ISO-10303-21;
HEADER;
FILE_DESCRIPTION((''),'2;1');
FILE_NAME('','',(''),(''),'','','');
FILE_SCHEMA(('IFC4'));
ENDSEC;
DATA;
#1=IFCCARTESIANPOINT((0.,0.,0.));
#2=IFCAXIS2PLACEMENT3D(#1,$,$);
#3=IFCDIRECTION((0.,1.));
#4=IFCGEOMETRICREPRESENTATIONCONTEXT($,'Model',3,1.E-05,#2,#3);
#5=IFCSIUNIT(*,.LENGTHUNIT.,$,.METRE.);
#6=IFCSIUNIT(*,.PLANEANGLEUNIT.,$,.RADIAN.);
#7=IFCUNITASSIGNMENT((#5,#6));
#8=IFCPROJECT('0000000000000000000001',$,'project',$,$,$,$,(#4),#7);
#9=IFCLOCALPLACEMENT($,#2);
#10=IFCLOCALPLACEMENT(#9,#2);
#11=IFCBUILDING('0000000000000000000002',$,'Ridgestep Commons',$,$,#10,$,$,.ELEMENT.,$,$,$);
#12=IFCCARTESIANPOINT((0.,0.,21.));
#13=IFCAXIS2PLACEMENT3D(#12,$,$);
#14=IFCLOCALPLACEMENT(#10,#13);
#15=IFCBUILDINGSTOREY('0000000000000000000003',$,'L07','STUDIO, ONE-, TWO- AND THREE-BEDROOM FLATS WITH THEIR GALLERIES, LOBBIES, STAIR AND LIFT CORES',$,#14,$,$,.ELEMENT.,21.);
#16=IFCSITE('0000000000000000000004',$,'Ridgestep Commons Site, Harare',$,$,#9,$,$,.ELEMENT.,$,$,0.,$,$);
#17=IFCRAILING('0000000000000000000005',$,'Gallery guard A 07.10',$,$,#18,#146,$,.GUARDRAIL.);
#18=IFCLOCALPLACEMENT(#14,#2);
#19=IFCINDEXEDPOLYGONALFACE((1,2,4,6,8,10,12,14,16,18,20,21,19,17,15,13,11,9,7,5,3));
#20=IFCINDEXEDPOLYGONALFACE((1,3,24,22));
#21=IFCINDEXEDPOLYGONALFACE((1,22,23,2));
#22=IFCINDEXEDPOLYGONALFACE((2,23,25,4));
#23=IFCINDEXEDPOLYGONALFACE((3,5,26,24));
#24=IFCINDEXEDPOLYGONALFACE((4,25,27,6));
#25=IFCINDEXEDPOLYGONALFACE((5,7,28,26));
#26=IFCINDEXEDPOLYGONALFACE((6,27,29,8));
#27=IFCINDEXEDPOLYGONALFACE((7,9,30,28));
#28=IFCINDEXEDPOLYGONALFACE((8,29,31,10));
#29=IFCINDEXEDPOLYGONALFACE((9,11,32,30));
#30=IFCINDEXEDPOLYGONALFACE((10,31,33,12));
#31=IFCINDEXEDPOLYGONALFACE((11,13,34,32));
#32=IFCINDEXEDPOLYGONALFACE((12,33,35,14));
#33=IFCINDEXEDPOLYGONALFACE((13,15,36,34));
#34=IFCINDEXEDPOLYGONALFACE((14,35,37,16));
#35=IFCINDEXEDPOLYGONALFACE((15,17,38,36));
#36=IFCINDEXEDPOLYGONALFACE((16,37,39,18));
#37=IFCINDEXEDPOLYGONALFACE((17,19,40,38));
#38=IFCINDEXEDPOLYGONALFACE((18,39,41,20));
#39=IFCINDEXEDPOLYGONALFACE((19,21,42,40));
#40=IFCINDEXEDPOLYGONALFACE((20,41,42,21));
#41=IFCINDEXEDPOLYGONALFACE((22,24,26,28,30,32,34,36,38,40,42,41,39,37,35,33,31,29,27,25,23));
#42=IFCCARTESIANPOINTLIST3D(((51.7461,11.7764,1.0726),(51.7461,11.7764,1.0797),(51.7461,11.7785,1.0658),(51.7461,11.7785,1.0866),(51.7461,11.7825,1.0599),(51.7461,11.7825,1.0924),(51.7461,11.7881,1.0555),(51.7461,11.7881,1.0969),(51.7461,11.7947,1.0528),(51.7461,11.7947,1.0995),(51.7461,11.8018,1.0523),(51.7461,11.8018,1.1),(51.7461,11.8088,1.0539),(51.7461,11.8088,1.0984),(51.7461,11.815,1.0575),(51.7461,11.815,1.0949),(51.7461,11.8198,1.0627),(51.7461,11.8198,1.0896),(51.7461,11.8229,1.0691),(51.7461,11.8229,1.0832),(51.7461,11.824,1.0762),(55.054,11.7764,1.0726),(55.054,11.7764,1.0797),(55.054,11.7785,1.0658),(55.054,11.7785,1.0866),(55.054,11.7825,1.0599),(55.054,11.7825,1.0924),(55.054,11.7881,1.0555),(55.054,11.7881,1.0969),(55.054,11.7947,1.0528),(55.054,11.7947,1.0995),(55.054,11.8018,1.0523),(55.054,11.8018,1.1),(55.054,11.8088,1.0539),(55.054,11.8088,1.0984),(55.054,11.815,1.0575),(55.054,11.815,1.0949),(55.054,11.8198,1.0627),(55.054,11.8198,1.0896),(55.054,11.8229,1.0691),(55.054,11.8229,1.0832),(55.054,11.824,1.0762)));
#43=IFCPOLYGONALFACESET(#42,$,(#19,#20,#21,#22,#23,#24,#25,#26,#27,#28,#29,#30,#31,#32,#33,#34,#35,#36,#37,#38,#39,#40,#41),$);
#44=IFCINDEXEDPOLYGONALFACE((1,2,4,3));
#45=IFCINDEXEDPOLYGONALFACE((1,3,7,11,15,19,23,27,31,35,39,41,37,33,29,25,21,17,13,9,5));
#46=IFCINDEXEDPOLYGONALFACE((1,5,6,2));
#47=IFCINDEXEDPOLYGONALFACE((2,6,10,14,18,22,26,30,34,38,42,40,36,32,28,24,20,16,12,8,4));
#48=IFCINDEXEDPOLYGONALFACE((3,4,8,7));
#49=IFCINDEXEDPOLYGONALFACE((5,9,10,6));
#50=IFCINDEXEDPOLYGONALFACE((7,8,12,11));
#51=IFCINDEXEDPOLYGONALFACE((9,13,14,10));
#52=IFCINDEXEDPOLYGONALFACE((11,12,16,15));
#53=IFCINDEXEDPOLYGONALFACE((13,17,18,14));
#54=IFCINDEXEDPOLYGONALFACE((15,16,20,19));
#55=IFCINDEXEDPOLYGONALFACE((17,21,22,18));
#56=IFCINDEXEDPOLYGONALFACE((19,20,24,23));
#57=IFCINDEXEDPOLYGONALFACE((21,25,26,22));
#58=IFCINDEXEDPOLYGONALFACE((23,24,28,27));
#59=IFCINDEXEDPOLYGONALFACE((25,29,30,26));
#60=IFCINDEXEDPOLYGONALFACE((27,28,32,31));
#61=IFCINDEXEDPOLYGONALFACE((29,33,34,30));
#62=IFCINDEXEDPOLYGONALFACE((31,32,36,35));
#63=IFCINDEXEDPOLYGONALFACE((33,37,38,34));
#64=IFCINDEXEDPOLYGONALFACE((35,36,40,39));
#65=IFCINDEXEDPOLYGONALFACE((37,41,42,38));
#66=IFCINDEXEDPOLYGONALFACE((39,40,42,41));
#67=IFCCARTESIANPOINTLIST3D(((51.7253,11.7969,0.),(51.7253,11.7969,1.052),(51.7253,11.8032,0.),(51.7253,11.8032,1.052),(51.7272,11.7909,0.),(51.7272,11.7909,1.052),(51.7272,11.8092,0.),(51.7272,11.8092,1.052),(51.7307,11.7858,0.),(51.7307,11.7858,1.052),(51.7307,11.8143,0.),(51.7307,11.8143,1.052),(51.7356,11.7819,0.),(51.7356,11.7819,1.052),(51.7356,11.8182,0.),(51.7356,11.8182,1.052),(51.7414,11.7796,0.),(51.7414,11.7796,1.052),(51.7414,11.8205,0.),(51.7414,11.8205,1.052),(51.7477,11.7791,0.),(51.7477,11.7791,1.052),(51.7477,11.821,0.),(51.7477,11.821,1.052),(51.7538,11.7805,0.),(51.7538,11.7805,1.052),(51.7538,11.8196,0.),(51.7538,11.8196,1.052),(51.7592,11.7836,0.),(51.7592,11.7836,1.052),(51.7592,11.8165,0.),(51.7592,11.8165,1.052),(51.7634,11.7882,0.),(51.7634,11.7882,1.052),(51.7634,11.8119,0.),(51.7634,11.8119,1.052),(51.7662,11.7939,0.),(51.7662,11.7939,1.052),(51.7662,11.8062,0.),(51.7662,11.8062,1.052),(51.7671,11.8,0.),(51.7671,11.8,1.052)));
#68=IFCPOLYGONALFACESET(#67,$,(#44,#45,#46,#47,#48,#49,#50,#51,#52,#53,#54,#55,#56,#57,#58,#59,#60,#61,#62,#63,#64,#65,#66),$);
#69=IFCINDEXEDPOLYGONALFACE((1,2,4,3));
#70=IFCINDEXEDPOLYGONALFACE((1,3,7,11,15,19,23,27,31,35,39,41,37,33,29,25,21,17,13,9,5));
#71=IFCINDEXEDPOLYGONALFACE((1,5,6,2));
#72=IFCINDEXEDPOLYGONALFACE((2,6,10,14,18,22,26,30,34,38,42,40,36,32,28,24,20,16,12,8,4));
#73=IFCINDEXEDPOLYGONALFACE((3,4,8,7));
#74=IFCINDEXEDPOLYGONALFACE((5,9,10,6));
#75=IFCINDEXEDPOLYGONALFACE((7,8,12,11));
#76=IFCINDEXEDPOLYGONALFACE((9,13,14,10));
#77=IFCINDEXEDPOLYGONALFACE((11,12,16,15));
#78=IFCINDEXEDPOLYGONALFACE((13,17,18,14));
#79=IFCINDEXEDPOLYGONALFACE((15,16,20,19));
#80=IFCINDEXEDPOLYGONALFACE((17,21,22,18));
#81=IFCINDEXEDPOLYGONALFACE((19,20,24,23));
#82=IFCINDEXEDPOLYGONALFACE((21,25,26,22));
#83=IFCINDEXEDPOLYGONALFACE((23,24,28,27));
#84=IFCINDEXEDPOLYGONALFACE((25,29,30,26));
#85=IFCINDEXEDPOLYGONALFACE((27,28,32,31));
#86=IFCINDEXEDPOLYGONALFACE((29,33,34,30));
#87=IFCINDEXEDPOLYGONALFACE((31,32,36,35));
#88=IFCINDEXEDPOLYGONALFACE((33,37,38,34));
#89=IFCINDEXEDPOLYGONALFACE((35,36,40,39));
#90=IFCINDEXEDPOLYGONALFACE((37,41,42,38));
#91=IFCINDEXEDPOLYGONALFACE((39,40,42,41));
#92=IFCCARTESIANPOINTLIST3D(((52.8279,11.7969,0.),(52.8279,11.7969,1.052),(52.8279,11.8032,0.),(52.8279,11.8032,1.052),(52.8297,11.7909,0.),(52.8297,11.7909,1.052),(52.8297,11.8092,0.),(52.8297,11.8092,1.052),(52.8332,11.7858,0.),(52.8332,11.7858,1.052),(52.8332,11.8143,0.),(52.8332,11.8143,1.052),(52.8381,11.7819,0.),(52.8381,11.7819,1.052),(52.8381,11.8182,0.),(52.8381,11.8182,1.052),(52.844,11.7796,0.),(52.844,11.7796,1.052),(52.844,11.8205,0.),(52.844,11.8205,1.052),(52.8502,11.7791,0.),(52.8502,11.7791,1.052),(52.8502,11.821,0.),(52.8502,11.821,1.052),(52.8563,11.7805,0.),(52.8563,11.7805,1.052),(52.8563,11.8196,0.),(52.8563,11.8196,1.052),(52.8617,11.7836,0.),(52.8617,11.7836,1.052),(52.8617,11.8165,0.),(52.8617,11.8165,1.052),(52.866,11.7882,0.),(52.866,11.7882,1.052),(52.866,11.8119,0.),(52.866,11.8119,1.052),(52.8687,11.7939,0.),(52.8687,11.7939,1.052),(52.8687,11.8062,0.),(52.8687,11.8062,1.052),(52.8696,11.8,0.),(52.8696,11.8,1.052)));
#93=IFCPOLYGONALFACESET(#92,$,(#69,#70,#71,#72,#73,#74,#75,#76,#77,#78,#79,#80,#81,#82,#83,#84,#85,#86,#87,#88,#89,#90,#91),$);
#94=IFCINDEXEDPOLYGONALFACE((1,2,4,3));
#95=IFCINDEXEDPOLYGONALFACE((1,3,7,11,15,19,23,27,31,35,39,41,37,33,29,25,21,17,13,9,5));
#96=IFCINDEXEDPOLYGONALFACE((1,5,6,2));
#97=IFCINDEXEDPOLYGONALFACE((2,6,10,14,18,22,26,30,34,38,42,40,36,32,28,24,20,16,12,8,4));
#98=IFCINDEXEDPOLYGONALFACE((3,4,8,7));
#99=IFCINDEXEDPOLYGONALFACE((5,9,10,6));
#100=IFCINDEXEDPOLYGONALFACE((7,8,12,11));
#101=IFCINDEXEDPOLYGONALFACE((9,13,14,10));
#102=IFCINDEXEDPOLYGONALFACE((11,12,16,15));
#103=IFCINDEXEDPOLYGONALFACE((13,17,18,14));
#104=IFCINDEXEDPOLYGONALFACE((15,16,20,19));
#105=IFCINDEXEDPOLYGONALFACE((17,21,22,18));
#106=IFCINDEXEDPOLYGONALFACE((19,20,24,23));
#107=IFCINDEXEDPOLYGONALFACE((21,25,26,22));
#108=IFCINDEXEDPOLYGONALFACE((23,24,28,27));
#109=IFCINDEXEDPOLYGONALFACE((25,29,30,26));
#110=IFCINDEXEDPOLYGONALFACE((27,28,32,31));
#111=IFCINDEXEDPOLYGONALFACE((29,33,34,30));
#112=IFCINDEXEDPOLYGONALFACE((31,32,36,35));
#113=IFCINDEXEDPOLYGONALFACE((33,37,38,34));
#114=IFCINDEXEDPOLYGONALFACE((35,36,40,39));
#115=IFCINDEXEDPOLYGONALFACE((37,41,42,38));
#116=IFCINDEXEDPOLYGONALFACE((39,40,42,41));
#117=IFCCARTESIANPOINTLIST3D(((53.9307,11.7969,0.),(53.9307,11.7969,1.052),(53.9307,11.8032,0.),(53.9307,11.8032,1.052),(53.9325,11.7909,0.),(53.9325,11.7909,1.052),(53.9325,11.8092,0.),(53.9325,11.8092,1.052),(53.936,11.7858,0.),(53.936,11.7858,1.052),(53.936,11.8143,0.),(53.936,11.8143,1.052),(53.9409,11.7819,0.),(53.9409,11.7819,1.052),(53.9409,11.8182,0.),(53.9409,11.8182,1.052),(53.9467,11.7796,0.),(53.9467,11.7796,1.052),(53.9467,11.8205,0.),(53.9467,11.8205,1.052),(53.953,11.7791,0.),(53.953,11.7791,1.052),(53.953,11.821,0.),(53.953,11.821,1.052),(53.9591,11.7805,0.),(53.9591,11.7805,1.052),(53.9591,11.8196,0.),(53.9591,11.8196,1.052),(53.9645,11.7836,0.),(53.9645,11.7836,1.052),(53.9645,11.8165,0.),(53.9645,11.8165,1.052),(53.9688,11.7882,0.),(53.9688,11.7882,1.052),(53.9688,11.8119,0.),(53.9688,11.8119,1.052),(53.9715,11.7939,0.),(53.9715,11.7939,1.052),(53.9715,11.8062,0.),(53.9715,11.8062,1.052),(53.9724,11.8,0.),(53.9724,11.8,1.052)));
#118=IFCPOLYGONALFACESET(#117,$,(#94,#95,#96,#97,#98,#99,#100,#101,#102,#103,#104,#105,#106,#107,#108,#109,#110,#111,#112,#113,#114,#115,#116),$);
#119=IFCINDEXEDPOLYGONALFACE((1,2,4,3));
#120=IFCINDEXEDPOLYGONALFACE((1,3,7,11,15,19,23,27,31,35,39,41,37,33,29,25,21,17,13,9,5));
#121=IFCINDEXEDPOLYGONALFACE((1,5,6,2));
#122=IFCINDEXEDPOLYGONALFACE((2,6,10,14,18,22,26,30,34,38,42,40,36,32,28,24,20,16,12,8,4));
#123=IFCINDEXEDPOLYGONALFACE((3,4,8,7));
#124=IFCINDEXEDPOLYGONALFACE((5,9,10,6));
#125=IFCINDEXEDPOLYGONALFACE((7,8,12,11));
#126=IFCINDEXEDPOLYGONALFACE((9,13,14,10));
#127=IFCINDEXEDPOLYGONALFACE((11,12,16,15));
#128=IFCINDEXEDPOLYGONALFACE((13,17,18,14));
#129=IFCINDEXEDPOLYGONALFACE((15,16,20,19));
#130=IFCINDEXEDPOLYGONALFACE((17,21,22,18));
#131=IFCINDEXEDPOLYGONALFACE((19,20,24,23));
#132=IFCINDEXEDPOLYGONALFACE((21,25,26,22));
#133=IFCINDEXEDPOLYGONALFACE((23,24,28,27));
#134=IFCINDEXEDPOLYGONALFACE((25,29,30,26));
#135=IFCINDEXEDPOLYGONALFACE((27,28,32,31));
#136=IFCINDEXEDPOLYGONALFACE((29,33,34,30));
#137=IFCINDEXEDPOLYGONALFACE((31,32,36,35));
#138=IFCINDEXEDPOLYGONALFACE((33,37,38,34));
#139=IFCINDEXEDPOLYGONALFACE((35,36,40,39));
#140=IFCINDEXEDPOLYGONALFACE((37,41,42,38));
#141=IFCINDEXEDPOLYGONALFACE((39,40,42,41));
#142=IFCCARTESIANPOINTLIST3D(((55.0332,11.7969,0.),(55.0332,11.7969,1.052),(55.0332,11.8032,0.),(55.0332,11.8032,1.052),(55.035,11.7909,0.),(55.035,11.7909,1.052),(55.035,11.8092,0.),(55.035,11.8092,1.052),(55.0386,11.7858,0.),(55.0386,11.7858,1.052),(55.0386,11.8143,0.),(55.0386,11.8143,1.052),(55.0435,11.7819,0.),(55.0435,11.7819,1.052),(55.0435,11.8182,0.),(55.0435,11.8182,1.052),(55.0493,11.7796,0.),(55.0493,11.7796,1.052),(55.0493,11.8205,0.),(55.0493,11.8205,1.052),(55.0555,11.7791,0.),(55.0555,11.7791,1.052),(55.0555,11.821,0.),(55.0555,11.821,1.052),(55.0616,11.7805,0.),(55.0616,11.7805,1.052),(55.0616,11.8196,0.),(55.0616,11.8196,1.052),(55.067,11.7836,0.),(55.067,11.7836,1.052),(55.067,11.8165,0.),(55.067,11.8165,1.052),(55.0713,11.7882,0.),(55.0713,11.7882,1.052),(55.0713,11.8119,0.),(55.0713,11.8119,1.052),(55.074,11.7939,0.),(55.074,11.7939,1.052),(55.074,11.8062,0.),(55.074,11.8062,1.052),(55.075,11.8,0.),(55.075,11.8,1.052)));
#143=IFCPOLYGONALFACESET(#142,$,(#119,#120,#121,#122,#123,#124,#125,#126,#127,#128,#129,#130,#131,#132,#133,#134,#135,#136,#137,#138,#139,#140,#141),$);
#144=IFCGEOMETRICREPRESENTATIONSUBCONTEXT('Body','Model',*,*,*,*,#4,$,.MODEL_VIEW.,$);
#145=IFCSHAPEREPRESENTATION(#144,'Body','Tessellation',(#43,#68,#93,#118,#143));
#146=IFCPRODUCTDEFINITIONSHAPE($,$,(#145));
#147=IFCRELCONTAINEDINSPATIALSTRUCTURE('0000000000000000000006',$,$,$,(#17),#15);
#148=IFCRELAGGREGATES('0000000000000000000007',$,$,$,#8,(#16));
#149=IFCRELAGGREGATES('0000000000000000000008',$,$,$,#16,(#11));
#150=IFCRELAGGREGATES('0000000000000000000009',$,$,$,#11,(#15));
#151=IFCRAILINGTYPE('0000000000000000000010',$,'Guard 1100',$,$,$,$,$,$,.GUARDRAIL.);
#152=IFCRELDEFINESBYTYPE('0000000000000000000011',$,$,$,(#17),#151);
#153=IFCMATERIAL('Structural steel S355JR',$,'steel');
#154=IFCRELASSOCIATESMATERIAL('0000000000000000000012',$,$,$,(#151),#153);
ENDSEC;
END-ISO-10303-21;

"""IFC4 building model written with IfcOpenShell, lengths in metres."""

from ifc_helpers import new_model, si_unit, direction, frame, origin, origin_2d, place, context, subcontext, project, spatial, circle, extrude, material, type_object, element, save


model = new_model("IFC4")

# Units and contexts
model_context = context("Model", 3, precision=1e-05, world=origin(), true_north=direction((0.0, 1.0)))
body_context = subcontext(model_context, "Body", "Model", "MODEL_VIEW")
ifc_project = project(units=[si_unit("LENGTHUNIT", "METRE"), si_unit("PLANEANGLEUNIT", "RADIAN")], contexts=[model_context])

# Site, building, storey
site_placement = place(None, origin())
site = spatial("IfcSite", under=ifc_project, at=site_placement, Name="Ridgestep Commons Site, Harare", CompositionType="ELEMENT", RefElevation=0.0)
building_placement = place(site_placement, origin())
building = spatial("IfcBuilding", under=site, at=building_placement, Name="Ridgestep Commons", CompositionType="ELEMENT")
storey_placement = place(building_placement, frame((0.0, 0.0, 21.0)))
storey = spatial("IfcBuildingStorey", under=building, at=storey_placement, Name="L07", Description="STUDIO, ONE-, TWO- AND THREE-BEDROOM FLATS WITH THEIR GALLERIES, LOBBIES, STAIR AND LIFT CORES", CompositionType="ELEMENT", Elevation=21.0)

# Railing
ifc_material_1 = material(Name="Structural steel S355JR", Category="steel")
railing_type = type_object("IfcRailingType", Name="Guard 1100", PredefinedType="GUARDRAIL", material=ifc_material_1)
railing_1_placement = place(storey_placement, frame((51.7461, 11.8, 0.0)))
element("IfcRailing", 1, at=railing_1_placement, inside=storey, type_object=railing_type, Name="Gallery guard A 07.10", PredefinedType="GUARDRAIL", context=body_context, shape_type="SweptSolid", body=[
    extrude(circle(Radius=0.0239, at=origin_2d()), frame((0.0, 0.0, 1.0762), z_axis=(1.0, 0.0, 0.0), x_axis=(0.0, 1.0, 0.0)), (0.0, 0.0, 1.0), 3.3079),
    extrude(circle(Radius=0.021, at=origin_2d()), origin(), (0.0, 0.0, 1.0), 1.052),
    extrude(circle(Radius=0.021, at=origin_2d()), frame((1.1025, 0.0, 0.0)), (0.0, 0.0, 1.0), 1.052),
    extrude(circle(Radius=0.021, at=origin_2d()), frame((2.2053, 0.0, 0.0)), (0.0, 0.0, 1.0), 1.052),
    extrude(circle(Radius=0.021, at=origin_2d()), frame((3.3079, 0.0, 0.0)), (0.0, 0.0, 1.0), 1.052),
])

save(model, "model.ifc")
